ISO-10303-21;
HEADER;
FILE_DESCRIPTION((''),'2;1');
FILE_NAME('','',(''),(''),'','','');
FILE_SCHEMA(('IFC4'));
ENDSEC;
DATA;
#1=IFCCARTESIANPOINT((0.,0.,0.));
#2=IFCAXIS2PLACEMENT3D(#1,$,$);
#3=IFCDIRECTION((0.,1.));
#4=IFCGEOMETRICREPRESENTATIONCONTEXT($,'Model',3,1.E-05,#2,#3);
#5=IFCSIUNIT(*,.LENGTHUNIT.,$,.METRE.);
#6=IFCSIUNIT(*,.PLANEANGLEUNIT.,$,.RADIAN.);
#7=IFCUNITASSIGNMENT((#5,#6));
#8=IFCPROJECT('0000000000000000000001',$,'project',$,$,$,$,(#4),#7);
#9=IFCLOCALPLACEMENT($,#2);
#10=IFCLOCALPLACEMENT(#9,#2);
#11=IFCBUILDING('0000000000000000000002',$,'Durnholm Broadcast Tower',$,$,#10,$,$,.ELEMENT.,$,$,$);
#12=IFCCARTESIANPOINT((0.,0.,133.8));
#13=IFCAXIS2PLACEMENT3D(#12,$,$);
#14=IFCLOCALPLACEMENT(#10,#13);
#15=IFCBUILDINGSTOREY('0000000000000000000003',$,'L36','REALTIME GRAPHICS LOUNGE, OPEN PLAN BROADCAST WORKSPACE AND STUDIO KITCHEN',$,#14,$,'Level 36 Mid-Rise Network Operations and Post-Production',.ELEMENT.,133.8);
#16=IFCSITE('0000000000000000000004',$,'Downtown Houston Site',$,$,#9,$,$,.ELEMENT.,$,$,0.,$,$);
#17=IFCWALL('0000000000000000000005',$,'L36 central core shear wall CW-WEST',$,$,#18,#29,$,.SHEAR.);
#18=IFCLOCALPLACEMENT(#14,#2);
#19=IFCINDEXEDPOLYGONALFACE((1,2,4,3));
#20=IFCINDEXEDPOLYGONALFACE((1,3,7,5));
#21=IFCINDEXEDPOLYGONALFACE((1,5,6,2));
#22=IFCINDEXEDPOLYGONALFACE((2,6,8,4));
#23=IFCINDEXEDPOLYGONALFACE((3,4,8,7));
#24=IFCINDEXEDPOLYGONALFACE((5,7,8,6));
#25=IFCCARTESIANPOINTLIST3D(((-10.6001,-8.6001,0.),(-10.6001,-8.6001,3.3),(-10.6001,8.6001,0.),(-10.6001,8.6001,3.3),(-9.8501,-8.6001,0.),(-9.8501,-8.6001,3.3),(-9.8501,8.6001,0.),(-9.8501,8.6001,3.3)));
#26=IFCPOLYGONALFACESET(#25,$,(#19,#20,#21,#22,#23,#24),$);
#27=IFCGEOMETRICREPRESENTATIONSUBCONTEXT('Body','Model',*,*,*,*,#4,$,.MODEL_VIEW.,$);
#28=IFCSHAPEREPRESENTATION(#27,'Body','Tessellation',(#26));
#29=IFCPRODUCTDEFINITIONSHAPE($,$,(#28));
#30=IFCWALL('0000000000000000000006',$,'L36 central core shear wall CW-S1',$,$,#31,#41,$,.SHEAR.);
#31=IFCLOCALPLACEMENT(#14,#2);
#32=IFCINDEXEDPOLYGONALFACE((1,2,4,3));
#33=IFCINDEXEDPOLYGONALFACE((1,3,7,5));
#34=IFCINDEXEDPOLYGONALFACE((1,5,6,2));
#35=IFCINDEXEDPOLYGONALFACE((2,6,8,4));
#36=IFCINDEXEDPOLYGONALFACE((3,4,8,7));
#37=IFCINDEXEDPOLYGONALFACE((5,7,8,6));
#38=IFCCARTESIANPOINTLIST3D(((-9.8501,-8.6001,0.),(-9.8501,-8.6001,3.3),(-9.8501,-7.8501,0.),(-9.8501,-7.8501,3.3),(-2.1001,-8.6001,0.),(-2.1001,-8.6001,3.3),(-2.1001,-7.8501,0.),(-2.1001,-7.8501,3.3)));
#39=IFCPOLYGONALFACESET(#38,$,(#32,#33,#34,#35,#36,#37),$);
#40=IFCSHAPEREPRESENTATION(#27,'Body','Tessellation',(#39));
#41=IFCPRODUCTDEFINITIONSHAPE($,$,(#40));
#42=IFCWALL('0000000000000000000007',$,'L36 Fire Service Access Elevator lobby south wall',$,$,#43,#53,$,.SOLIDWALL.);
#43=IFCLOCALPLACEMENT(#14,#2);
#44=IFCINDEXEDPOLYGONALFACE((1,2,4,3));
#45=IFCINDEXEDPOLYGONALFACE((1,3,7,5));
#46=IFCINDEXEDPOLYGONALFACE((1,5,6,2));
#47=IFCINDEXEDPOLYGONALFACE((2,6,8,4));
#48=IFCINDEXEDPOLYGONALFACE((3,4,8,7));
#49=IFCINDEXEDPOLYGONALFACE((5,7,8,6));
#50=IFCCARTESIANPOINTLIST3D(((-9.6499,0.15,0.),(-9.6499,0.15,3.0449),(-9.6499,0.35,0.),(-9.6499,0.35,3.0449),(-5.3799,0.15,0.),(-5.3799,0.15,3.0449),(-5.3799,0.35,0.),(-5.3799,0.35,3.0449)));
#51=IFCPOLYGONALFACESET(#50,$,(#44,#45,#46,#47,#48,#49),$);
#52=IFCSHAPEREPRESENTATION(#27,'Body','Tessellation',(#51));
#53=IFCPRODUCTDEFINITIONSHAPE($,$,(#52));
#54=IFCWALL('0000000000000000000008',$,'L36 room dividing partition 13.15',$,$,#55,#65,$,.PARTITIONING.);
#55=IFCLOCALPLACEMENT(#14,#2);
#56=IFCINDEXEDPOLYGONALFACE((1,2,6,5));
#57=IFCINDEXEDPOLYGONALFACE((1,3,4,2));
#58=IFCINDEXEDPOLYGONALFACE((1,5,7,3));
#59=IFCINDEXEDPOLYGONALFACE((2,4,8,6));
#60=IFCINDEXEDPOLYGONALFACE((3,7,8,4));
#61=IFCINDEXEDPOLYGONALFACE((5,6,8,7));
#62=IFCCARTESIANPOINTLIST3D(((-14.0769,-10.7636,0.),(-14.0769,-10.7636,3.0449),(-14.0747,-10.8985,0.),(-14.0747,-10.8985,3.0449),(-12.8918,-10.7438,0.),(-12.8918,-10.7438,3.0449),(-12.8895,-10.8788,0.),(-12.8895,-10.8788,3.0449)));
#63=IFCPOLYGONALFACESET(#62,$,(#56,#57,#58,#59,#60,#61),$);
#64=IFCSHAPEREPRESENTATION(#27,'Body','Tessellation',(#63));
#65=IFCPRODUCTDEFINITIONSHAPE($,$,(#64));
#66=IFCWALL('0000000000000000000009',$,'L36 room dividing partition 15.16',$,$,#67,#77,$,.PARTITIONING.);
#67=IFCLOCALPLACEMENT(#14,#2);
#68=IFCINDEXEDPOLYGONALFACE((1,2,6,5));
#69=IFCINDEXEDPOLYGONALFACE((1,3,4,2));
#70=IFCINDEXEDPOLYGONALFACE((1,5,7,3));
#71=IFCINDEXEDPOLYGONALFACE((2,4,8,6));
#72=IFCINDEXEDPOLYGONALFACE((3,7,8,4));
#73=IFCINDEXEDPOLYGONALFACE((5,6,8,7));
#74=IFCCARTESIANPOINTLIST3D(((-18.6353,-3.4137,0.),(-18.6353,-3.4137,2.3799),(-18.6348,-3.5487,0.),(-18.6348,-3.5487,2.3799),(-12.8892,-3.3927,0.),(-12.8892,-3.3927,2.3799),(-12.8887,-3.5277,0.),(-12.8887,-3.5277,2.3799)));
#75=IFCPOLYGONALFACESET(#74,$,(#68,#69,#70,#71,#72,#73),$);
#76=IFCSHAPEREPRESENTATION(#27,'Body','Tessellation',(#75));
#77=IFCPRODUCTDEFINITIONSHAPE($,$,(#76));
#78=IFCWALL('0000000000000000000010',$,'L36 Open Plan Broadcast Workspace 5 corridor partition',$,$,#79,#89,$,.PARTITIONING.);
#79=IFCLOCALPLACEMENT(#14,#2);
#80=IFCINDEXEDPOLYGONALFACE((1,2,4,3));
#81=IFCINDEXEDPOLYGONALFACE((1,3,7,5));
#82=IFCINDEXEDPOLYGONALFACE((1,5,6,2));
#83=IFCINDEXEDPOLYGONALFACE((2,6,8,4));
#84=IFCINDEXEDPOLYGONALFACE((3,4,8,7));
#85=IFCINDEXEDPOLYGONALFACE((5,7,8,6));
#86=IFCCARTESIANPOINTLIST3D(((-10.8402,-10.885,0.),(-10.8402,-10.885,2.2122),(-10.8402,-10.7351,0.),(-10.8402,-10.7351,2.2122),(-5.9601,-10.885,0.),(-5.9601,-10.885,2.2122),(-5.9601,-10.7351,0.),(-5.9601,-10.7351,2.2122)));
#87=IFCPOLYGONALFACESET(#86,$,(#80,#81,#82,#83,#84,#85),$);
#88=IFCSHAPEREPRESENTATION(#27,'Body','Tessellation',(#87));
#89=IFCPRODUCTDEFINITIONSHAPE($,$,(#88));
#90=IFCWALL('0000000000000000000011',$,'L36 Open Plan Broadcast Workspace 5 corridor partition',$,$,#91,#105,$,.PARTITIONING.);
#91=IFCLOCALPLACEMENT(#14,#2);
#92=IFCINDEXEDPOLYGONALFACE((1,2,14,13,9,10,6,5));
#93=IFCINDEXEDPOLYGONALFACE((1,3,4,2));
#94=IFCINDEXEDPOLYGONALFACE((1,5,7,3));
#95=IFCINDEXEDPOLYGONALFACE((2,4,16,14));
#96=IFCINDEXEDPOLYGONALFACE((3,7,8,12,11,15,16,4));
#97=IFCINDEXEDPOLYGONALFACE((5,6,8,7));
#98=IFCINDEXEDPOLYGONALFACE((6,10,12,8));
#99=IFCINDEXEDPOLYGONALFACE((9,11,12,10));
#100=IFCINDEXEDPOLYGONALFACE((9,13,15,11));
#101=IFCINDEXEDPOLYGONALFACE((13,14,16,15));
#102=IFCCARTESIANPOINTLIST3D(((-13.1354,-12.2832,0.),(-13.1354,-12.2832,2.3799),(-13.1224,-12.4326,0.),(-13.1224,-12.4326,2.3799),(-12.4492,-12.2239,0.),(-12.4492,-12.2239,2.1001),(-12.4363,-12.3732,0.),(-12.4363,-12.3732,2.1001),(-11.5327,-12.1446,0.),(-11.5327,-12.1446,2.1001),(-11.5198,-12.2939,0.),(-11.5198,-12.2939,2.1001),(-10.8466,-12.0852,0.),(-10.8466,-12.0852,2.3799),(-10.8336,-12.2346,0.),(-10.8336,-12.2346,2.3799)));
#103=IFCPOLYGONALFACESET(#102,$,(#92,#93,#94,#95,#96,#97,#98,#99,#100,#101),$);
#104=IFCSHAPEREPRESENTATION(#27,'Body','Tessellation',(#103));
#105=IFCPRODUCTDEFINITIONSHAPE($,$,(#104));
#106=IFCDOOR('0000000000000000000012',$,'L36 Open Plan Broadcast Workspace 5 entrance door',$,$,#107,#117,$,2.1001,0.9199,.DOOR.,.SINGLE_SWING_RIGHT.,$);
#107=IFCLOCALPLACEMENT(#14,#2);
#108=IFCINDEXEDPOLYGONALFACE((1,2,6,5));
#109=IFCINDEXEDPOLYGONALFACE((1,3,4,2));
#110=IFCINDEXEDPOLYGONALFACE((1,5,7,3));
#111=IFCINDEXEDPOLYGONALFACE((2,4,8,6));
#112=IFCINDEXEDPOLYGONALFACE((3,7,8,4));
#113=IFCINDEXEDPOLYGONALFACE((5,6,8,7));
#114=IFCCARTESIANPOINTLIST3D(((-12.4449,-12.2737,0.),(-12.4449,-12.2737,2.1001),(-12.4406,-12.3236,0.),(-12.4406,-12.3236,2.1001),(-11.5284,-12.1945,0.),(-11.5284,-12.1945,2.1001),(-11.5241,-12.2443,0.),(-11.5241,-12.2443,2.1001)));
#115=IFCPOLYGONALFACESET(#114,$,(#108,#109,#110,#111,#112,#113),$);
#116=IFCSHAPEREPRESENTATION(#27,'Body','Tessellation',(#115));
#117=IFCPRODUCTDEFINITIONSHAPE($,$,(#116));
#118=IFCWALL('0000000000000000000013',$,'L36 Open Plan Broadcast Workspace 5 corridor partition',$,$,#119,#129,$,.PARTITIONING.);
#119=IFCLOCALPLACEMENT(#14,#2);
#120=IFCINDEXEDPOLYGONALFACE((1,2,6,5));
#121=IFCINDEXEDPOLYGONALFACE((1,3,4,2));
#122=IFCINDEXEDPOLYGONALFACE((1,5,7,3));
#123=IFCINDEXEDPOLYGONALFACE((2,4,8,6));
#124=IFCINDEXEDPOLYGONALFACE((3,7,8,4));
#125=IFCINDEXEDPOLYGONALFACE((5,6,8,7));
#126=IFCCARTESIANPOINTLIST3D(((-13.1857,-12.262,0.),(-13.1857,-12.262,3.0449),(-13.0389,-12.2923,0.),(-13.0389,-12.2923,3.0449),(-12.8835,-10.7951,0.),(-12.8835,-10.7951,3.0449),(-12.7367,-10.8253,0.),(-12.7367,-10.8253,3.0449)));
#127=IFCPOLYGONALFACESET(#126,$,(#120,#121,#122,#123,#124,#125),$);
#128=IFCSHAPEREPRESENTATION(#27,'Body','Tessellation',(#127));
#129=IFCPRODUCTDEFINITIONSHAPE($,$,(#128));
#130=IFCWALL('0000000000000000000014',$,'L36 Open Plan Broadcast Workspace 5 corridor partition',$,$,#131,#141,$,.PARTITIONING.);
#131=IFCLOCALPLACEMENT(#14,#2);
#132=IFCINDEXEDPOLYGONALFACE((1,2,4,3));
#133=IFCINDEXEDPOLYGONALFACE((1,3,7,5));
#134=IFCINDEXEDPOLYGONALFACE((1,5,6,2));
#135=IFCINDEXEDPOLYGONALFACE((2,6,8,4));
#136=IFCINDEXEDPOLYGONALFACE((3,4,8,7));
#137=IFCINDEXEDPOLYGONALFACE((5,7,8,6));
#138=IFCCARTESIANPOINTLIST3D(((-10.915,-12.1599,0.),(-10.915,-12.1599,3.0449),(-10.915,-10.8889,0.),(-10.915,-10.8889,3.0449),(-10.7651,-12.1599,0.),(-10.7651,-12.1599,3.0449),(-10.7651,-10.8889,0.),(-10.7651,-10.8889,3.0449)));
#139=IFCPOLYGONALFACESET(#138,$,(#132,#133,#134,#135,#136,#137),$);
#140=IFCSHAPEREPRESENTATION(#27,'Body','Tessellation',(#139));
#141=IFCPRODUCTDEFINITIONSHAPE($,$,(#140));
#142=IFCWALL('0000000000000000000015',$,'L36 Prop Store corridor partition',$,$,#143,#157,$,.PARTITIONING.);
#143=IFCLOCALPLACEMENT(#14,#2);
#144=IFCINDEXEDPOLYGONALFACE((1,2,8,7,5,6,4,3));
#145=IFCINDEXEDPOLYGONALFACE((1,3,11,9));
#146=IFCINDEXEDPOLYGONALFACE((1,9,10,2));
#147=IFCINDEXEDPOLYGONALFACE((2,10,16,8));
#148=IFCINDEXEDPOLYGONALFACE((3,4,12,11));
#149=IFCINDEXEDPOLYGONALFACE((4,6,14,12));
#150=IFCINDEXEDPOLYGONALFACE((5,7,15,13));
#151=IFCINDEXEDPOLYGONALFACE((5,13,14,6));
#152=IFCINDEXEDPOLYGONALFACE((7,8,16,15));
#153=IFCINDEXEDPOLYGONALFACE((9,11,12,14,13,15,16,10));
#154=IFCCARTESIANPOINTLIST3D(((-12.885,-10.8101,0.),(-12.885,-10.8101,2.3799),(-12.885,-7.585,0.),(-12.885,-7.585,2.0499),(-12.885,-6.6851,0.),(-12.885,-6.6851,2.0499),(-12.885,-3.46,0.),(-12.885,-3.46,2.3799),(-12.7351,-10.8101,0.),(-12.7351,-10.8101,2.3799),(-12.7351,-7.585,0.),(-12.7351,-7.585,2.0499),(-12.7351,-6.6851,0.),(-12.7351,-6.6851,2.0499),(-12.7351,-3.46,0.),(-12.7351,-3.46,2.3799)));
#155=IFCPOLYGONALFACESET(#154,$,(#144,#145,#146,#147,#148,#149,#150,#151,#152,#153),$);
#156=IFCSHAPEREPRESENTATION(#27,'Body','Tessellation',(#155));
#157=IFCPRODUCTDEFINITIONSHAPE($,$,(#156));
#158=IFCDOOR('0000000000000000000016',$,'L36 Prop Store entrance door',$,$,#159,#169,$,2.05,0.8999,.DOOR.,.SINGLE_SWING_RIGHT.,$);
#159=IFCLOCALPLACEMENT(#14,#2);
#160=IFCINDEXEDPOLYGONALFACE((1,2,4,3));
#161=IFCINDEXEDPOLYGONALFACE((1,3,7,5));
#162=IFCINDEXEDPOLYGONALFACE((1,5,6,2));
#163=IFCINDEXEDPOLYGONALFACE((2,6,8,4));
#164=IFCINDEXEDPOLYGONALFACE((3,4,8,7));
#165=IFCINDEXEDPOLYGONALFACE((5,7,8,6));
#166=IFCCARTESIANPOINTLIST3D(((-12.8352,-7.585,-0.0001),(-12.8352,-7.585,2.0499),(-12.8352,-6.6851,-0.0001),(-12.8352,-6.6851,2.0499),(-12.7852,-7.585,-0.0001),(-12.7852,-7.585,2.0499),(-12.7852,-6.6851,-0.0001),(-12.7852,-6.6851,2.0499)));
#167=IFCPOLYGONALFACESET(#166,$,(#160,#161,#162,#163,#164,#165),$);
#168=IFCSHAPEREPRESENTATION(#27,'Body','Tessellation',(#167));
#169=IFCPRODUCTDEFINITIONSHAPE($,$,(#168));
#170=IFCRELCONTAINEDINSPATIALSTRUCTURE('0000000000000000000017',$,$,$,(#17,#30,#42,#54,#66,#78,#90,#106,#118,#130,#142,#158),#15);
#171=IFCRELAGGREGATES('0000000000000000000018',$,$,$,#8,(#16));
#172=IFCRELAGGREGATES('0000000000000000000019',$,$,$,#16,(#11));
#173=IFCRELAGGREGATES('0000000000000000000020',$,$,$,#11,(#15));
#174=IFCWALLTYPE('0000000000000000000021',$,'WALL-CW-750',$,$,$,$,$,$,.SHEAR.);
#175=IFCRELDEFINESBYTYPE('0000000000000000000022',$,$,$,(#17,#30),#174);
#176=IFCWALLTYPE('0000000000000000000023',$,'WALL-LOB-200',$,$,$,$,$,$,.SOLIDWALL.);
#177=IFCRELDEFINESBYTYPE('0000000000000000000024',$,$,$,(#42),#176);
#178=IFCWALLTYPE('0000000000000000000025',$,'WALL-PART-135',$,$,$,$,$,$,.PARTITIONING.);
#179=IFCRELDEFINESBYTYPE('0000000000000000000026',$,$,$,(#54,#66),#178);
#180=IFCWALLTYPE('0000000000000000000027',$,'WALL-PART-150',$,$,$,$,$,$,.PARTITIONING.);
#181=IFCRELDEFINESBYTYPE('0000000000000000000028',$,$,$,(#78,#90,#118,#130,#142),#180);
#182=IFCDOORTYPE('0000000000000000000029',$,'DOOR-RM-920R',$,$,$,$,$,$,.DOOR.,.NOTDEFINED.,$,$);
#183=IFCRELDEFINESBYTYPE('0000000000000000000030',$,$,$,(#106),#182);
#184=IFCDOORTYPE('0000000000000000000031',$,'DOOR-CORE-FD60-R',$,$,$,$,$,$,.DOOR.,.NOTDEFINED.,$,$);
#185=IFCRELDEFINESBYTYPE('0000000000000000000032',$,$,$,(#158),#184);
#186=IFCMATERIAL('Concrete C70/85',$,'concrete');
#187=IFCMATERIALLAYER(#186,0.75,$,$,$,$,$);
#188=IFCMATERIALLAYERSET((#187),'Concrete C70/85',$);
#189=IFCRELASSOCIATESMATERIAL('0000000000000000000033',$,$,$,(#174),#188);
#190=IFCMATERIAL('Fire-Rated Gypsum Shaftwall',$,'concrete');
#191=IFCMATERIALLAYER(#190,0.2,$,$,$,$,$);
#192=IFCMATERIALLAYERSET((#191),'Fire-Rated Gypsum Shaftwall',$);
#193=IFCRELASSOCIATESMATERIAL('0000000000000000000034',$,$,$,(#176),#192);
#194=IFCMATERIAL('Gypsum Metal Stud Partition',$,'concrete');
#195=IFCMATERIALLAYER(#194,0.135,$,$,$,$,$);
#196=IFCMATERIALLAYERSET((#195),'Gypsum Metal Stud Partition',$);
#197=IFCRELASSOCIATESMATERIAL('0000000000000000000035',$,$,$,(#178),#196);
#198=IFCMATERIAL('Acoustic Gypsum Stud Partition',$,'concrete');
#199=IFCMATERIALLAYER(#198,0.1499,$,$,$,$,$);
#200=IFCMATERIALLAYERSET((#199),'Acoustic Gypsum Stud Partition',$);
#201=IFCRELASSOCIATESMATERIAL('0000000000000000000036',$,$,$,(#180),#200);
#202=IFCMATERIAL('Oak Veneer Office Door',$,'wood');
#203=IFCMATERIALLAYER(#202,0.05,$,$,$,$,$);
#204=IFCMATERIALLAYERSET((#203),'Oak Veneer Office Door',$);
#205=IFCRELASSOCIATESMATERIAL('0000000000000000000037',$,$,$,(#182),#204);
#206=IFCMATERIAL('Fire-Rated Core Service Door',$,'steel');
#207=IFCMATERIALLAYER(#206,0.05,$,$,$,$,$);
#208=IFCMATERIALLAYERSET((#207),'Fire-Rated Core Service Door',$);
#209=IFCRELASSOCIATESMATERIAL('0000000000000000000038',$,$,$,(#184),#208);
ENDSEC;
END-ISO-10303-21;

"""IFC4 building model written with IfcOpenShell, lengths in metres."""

from ifc_helpers import new_model, si_unit, direction, frame, frame_2d, origin, place, context, subcontext, project, spatial, rectangle, extrude, source, transform, mapped, material, layer, layer_set, type_object, type_shapes, element, fill, save


model = new_model("IFC4")

# Units and contexts
model_context = context("Model", 3, precision=1e-05, world=origin(), true_north=direction((0.0, 1.0)))
body_context = subcontext(model_context, "Body", "Model", "MODEL_VIEW")
ifc_project = project(units=[si_unit("LENGTHUNIT", "METRE"), si_unit("PLANEANGLEUNIT", "RADIAN")], contexts=[model_context])

# Site, building, storey
site_placement = place(None, origin())
site = spatial("IfcSite", under=ifc_project, at=site_placement, Name="Downtown Houston Site", CompositionType="ELEMENT", RefElevation=0.0)
building_placement = place(site_placement, origin())
building = spatial("IfcBuilding", under=site, at=building_placement, Name="Durnholm Broadcast Tower", CompositionType="ELEMENT")
storey_placement = place(building_placement, frame((0.0, 0.0, 133.8)))
storey = spatial("IfcBuildingStorey", under=building, at=storey_placement, Name="L36", Description="REALTIME GRAPHICS LOUNGE, OPEN PLAN BROADCAST WORKSPACE AND STUDIO KITCHEN", LongName="Level 36 Mid-Rise Network Operations and Post-Production", CompositionType="ELEMENT", Elevation=133.8)

# Shared definitions
ifc_material_1 = material(Name="Concrete C70/85", Category="concrete")

# Walls
ifc_layer_1 = layer(ifc_material_1, 0.75)
ifc_layer_set_1 = layer_set([ifc_layer_1], Name="Concrete C70/85")
wall_type_1 = type_object("IfcWallType", Name="WALL-CW-750", PredefinedType="SHEAR", material=ifc_layer_set_1)
wall_1_placement = place(storey_placement, frame((-10.2251, -8.6001, 0.0), z_axis=(0.0, 0.0, 1.0), x_axis=(0.0, 1.0, 0.0)))
element("IfcWall", 1, at=wall_1_placement, inside=storey, type_object=wall_type_1, Name="L36 central core shear wall CW-WEST", PredefinedType="SHEAR", context=body_context, shape_type="SweptSolid", body=[
    extrude(rectangle(XDim=17.2002, YDim=0.75, at=frame_2d((8.6001, 0.0))), origin(), (0.0, 0.0, 1.0), 3.3),
])
wall_2_placement = place(storey_placement, frame((-9.8501, -8.2251, 0.0), z_axis=(0.0, 0.0, 1.0), x_axis=(1.0, 0.0, 0.0)))
element("IfcWall", 2, at=wall_2_placement, inside=storey, type_object=wall_type_1, Name="L36 central core shear wall CW-S1", PredefinedType="SHEAR", context=body_context, shape_type="SweptSolid", body=[
    extrude(rectangle(XDim=7.75, YDim=0.75, at=frame_2d((3.875, 0.0))), origin(), (0.0, 0.0, 1.0), 3.3),
])
ifc_material_2 = material(Name="Fire-Rated Gypsum Shaftwall", Category="concrete")
ifc_layer_2 = layer(ifc_material_2, 0.2)
ifc_layer_set_2 = layer_set([ifc_layer_2], Name="Fire-Rated Gypsum Shaftwall")
wall_type_2 = type_object("IfcWallType", Name="WALL-LOB-200", PredefinedType="SOLIDWALL", material=ifc_layer_set_2)
wall_3_placement = place(storey_placement, frame((-9.6499, 0.25, 0.0), z_axis=(0.0, 0.0, 1.0), x_axis=(1.0, 0.0, 0.0)))
element("IfcWall", 3, at=wall_3_placement, inside=storey, type_object=wall_type_2, Name="L36 Fire Service Access Elevator lobby south wall", PredefinedType="SOLIDWALL", context=body_context, shape_type="SweptSolid", body=[
    extrude(rectangle(XDim=4.27, YDim=0.2, at=frame_2d((2.135, 0.0))), origin(), (0.0, 0.0, 1.0), 3.0449),
])
ifc_material_3 = material(Name="Gypsum Metal Stud Partition", Category="concrete")
ifc_layer_3 = layer(ifc_material_3, 0.135)
ifc_layer_set_3 = layer_set([ifc_layer_3], Name="Gypsum Metal Stud Partition")
wall_type_3 = type_object("IfcWallType", Name="WALL-PART-135", PredefinedType="PARTITIONING", material=ifc_layer_set_3)
wall_4_placement = place(storey_placement, frame((-14.0759, -10.8311, 0.0), z_axis=(0.0, 0.0, 1.0), x_axis=(0.999861, 0.016685, 0.0)))
element("IfcWall", 4, at=wall_4_placement, inside=storey, type_object=wall_type_3, Name="L36 room dividing partition 13.15", PredefinedType="PARTITIONING", context=body_context, shape_type="SweptSolid", body=[
    extrude(rectangle(XDim=1.1853, YDim=0.135, at=frame_2d((0.5928, 0.0))), origin(), (0.0, 0.0, 1.0), 3.0449),
])
wall_5_placement = place(storey_placement, frame((-18.635, -3.4812, 0.0), z_axis=(0.0, 0.0, 1.0), x_axis=(0.999993, 0.003654, 0.0)))
element("IfcWall", 5, at=wall_5_placement, inside=storey, type_object=wall_type_3, Name="L36 room dividing partition 15.16", PredefinedType="PARTITIONING", context=body_context, shape_type="SweptSolid", body=[
    extrude(rectangle(XDim=5.7461, YDim=0.135, at=frame_2d((2.873, 0.0))), origin(), (0.0, 0.0, 1.0), 2.3799),
])
ifc_material_4 = material(Name="Acoustic Gypsum Stud Partition", Category="concrete")
ifc_layer_4 = layer(ifc_material_4, 0.1499)
ifc_layer_set_4 = layer_set([ifc_layer_4], Name="Acoustic Gypsum Stud Partition")
wall_type_4 = type_object("IfcWallType", Name="WALL-PART-150", PredefinedType="PARTITIONING", material=ifc_layer_set_4)
wall_6_placement = place(storey_placement, frame((-10.8401, -10.8101, 0.0), z_axis=(0.0, 0.0, 1.0), x_axis=(1.0, 0.0, 0.0)))
element("IfcWall", 6, at=wall_6_placement, inside=storey, type_object=wall_type_4, Name="L36 Open Plan Broadcast Workspace 5 corridor partition", PredefinedType="PARTITIONING", context=body_context, shape_type="SweptSolid", body=[
    extrude(rectangle(XDim=4.8801, YDim=0.1499, at=frame_2d((2.4399, 0.0))), origin(), (0.0, 0.0, 1.0), 2.2122),
])

# Wall, opening, door
wall_7_placement = place(storey_placement, frame((-13.1289, -12.3579, 0.0), z_axis=(0.0, 0.0, 1.0), x_axis=(0.996279, 0.086185, 0.0)))
wall_7 = element("IfcWall", 7, at=wall_7_placement, inside=storey, type_object=wall_type_4, Name="L36 Open Plan Broadcast Workspace 5 corridor partition", PredefinedType="PARTITIONING", context=body_context, shape_type="SweptSolid", body=[
    extrude(rectangle(XDim=2.2974, YDim=0.1499, at=frame_2d((1.1487, 0.0))), origin(), (0.0, 0.0, 1.0), 2.3799),
])
opening_1_placement = place(wall_7_placement, frame((0.6887, 0.0, 0.0)))
opening_1 = element("IfcOpeningElement", 8, at=opening_1_placement, cuts=wall_7, PredefinedType="OPENING", context=body_context, shape_type="SweptSolid", body=[
    extrude(rectangle(XDim=0.9199, YDim=2.1001, at=frame_2d((0.46, 1.05))), frame((0.0, 0.085, 0.0), z_axis=(0.0, -1.0, 0.0), x_axis=(1.0, 0.0, 0.0)), (0.0, 0.0, 1.0), 0.1699),
])
ifc_material_5 = material(Name="Oak Veneer Office Door", Category="wood")
ifc_layer_5 = layer(ifc_material_5, 0.05)
ifc_layer_set_5 = layer_set([ifc_layer_5], Name="Oak Veneer Office Door")
door_type_1 = type_object("IfcDoorType", Name="DOOR-RM-920R", OperationType="NOTDEFINED", PredefinedType="DOOR", material=ifc_layer_set_5)
shared_shape_1 = source(origin(), body_context, "Body", "SweptSolid", [
    extrude(rectangle(XDim=0.9199, YDim=2.1001, at=frame_2d((0.46, 1.05))), frame((0.0, 0.0249, 0.0), z_axis=(0.0, -1.0, 0.0), x_axis=(1.0, 0.0, 0.0)), (0.0, 0.0, 1.0), 0.05),
])
type_shapes(door_type_1, [shared_shape_1])
door_1_placement = place(opening_1_placement, origin())
door_1 = element("IfcDoor", 9, at=door_1_placement, inside=storey, type_object=door_type_1, Name="L36 Open Plan Broadcast Workspace 5 entrance door", OperationType="SINGLE_SWING_RIGHT", OverallHeight=2.1001, OverallWidth=0.9199, PredefinedType="DOOR", context=body_context, shape_type="MappedRepresentation", body=[
    mapped(shared_shape_1, transform((0.0, 0.0, 0.0), x_axis=(1.0, 0.0, 0.0), y_axis=(0.0, 1.0, 0.0), z_axis=(0.0, 0.0, 1.0), scale=1.0)),
])
fill(opening_1, door_1)

# Walls
wall_8_placement = place(storey_placement, frame((-12.8101, -10.8101, 0.0), z_axis=(0.0, 0.0, 1.0), x_axis=(-0.201786, -0.97943, 0.0)))
element("IfcWall", 10, at=wall_8_placement, inside=storey, type_object=wall_type_4, Name="L36 Open Plan Broadcast Workspace 5 corridor partition", PredefinedType="PARTITIONING", context=body_context, shape_type="SweptSolid", body=[
    extrude(rectangle(XDim=1.4978, YDim=0.1499, at=frame_2d((0.749, 0.0))), origin(), (0.0, 0.0, 1.0), 3.0449),
])
wall_9_placement = place(storey_placement, frame((-10.8401, -12.1599, 0.0), z_axis=(0.0, 0.0, 1.0), x_axis=(0.0, 1.0, 0.0)))
element("IfcWall", 11, at=wall_9_placement, inside=storey, type_object=wall_type_4, Name="L36 Open Plan Broadcast Workspace 5 corridor partition", PredefinedType="PARTITIONING", context=body_context, shape_type="SweptSolid", body=[
    extrude(rectangle(XDim=1.271, YDim=0.1499, at=frame_2d((0.6355, 0.0))), origin(), (0.0, 0.0, 1.0), 3.0449),
])

# Wall, opening, door
wall_10_placement = place(storey_placement, frame((-12.8101, -3.46, 0.0), z_axis=(0.0, 0.0, 1.0), x_axis=(0.0, -1.0, 0.0)))
wall_10 = element("IfcWall", 12, at=wall_10_placement, inside=storey, type_object=wall_type_4, Name="L36 Prop Store corridor partition", PredefinedType="PARTITIONING", context=body_context, shape_type="SweptSolid", body=[
    extrude(rectangle(XDim=7.3501, YDim=0.1499, at=frame_2d((3.675, 0.0))), origin(), (0.0, 0.0, 1.0), 2.3799),
])
opening_2_placement = place(wall_10_placement, frame((3.2251, 0.0, 0.0)))
opening_2 = element("IfcOpeningElement", 13, at=opening_2_placement, cuts=wall_10, PredefinedType="OPENING", context=body_context, shape_type="SweptSolid", body=[
    extrude(rectangle(XDim=0.8999, YDim=2.05, at=frame_2d((0.45, 1.0249))), frame((0.0, 0.085, 0.0), z_axis=(0.0, -1.0, 0.0), x_axis=(1.0, 0.0, 0.0)), (0.0, 0.0, 1.0), 0.1699),
])
ifc_material_6 = material(Name="Fire-Rated Core Service Door", Category="steel")
ifc_layer_6 = layer(ifc_material_6, 0.05)
ifc_layer_set_6 = layer_set([ifc_layer_6], Name="Fire-Rated Core Service Door")
door_type_2 = type_object("IfcDoorType", Name="DOOR-CORE-FD60-R", OperationType="NOTDEFINED", PredefinedType="DOOR", material=ifc_layer_set_6)
shared_shape_2 = source(origin(), body_context, "Body", "SweptSolid", [
    extrude(rectangle(XDim=0.8999, YDim=2.05, at=frame_2d((0.45, 1.0249))), frame((0.0, 0.0249, 0.0), z_axis=(0.0, -1.0, 0.0), x_axis=(1.0, 0.0, 0.0)), (0.0, 0.0, 1.0), 0.05),
])
type_shapes(door_type_2, [shared_shape_2])
door_2_placement = place(opening_2_placement, origin())
door_2 = element("IfcDoor", 14, at=door_2_placement, inside=storey, type_object=door_type_2, Name="L36 Prop Store entrance door", OperationType="SINGLE_SWING_RIGHT", OverallHeight=2.05, OverallWidth=0.8999, PredefinedType="DOOR", context=body_context, shape_type="MappedRepresentation", body=[
    mapped(shared_shape_2, transform((0.0, 0.0, 0.0), x_axis=(1.0, 0.0, 0.0), y_axis=(0.0, 1.0, 0.0), z_axis=(0.0, 0.0, 1.0), scale=1.0)),
])
fill(opening_2, door_2)

save(model, "model.ifc")
